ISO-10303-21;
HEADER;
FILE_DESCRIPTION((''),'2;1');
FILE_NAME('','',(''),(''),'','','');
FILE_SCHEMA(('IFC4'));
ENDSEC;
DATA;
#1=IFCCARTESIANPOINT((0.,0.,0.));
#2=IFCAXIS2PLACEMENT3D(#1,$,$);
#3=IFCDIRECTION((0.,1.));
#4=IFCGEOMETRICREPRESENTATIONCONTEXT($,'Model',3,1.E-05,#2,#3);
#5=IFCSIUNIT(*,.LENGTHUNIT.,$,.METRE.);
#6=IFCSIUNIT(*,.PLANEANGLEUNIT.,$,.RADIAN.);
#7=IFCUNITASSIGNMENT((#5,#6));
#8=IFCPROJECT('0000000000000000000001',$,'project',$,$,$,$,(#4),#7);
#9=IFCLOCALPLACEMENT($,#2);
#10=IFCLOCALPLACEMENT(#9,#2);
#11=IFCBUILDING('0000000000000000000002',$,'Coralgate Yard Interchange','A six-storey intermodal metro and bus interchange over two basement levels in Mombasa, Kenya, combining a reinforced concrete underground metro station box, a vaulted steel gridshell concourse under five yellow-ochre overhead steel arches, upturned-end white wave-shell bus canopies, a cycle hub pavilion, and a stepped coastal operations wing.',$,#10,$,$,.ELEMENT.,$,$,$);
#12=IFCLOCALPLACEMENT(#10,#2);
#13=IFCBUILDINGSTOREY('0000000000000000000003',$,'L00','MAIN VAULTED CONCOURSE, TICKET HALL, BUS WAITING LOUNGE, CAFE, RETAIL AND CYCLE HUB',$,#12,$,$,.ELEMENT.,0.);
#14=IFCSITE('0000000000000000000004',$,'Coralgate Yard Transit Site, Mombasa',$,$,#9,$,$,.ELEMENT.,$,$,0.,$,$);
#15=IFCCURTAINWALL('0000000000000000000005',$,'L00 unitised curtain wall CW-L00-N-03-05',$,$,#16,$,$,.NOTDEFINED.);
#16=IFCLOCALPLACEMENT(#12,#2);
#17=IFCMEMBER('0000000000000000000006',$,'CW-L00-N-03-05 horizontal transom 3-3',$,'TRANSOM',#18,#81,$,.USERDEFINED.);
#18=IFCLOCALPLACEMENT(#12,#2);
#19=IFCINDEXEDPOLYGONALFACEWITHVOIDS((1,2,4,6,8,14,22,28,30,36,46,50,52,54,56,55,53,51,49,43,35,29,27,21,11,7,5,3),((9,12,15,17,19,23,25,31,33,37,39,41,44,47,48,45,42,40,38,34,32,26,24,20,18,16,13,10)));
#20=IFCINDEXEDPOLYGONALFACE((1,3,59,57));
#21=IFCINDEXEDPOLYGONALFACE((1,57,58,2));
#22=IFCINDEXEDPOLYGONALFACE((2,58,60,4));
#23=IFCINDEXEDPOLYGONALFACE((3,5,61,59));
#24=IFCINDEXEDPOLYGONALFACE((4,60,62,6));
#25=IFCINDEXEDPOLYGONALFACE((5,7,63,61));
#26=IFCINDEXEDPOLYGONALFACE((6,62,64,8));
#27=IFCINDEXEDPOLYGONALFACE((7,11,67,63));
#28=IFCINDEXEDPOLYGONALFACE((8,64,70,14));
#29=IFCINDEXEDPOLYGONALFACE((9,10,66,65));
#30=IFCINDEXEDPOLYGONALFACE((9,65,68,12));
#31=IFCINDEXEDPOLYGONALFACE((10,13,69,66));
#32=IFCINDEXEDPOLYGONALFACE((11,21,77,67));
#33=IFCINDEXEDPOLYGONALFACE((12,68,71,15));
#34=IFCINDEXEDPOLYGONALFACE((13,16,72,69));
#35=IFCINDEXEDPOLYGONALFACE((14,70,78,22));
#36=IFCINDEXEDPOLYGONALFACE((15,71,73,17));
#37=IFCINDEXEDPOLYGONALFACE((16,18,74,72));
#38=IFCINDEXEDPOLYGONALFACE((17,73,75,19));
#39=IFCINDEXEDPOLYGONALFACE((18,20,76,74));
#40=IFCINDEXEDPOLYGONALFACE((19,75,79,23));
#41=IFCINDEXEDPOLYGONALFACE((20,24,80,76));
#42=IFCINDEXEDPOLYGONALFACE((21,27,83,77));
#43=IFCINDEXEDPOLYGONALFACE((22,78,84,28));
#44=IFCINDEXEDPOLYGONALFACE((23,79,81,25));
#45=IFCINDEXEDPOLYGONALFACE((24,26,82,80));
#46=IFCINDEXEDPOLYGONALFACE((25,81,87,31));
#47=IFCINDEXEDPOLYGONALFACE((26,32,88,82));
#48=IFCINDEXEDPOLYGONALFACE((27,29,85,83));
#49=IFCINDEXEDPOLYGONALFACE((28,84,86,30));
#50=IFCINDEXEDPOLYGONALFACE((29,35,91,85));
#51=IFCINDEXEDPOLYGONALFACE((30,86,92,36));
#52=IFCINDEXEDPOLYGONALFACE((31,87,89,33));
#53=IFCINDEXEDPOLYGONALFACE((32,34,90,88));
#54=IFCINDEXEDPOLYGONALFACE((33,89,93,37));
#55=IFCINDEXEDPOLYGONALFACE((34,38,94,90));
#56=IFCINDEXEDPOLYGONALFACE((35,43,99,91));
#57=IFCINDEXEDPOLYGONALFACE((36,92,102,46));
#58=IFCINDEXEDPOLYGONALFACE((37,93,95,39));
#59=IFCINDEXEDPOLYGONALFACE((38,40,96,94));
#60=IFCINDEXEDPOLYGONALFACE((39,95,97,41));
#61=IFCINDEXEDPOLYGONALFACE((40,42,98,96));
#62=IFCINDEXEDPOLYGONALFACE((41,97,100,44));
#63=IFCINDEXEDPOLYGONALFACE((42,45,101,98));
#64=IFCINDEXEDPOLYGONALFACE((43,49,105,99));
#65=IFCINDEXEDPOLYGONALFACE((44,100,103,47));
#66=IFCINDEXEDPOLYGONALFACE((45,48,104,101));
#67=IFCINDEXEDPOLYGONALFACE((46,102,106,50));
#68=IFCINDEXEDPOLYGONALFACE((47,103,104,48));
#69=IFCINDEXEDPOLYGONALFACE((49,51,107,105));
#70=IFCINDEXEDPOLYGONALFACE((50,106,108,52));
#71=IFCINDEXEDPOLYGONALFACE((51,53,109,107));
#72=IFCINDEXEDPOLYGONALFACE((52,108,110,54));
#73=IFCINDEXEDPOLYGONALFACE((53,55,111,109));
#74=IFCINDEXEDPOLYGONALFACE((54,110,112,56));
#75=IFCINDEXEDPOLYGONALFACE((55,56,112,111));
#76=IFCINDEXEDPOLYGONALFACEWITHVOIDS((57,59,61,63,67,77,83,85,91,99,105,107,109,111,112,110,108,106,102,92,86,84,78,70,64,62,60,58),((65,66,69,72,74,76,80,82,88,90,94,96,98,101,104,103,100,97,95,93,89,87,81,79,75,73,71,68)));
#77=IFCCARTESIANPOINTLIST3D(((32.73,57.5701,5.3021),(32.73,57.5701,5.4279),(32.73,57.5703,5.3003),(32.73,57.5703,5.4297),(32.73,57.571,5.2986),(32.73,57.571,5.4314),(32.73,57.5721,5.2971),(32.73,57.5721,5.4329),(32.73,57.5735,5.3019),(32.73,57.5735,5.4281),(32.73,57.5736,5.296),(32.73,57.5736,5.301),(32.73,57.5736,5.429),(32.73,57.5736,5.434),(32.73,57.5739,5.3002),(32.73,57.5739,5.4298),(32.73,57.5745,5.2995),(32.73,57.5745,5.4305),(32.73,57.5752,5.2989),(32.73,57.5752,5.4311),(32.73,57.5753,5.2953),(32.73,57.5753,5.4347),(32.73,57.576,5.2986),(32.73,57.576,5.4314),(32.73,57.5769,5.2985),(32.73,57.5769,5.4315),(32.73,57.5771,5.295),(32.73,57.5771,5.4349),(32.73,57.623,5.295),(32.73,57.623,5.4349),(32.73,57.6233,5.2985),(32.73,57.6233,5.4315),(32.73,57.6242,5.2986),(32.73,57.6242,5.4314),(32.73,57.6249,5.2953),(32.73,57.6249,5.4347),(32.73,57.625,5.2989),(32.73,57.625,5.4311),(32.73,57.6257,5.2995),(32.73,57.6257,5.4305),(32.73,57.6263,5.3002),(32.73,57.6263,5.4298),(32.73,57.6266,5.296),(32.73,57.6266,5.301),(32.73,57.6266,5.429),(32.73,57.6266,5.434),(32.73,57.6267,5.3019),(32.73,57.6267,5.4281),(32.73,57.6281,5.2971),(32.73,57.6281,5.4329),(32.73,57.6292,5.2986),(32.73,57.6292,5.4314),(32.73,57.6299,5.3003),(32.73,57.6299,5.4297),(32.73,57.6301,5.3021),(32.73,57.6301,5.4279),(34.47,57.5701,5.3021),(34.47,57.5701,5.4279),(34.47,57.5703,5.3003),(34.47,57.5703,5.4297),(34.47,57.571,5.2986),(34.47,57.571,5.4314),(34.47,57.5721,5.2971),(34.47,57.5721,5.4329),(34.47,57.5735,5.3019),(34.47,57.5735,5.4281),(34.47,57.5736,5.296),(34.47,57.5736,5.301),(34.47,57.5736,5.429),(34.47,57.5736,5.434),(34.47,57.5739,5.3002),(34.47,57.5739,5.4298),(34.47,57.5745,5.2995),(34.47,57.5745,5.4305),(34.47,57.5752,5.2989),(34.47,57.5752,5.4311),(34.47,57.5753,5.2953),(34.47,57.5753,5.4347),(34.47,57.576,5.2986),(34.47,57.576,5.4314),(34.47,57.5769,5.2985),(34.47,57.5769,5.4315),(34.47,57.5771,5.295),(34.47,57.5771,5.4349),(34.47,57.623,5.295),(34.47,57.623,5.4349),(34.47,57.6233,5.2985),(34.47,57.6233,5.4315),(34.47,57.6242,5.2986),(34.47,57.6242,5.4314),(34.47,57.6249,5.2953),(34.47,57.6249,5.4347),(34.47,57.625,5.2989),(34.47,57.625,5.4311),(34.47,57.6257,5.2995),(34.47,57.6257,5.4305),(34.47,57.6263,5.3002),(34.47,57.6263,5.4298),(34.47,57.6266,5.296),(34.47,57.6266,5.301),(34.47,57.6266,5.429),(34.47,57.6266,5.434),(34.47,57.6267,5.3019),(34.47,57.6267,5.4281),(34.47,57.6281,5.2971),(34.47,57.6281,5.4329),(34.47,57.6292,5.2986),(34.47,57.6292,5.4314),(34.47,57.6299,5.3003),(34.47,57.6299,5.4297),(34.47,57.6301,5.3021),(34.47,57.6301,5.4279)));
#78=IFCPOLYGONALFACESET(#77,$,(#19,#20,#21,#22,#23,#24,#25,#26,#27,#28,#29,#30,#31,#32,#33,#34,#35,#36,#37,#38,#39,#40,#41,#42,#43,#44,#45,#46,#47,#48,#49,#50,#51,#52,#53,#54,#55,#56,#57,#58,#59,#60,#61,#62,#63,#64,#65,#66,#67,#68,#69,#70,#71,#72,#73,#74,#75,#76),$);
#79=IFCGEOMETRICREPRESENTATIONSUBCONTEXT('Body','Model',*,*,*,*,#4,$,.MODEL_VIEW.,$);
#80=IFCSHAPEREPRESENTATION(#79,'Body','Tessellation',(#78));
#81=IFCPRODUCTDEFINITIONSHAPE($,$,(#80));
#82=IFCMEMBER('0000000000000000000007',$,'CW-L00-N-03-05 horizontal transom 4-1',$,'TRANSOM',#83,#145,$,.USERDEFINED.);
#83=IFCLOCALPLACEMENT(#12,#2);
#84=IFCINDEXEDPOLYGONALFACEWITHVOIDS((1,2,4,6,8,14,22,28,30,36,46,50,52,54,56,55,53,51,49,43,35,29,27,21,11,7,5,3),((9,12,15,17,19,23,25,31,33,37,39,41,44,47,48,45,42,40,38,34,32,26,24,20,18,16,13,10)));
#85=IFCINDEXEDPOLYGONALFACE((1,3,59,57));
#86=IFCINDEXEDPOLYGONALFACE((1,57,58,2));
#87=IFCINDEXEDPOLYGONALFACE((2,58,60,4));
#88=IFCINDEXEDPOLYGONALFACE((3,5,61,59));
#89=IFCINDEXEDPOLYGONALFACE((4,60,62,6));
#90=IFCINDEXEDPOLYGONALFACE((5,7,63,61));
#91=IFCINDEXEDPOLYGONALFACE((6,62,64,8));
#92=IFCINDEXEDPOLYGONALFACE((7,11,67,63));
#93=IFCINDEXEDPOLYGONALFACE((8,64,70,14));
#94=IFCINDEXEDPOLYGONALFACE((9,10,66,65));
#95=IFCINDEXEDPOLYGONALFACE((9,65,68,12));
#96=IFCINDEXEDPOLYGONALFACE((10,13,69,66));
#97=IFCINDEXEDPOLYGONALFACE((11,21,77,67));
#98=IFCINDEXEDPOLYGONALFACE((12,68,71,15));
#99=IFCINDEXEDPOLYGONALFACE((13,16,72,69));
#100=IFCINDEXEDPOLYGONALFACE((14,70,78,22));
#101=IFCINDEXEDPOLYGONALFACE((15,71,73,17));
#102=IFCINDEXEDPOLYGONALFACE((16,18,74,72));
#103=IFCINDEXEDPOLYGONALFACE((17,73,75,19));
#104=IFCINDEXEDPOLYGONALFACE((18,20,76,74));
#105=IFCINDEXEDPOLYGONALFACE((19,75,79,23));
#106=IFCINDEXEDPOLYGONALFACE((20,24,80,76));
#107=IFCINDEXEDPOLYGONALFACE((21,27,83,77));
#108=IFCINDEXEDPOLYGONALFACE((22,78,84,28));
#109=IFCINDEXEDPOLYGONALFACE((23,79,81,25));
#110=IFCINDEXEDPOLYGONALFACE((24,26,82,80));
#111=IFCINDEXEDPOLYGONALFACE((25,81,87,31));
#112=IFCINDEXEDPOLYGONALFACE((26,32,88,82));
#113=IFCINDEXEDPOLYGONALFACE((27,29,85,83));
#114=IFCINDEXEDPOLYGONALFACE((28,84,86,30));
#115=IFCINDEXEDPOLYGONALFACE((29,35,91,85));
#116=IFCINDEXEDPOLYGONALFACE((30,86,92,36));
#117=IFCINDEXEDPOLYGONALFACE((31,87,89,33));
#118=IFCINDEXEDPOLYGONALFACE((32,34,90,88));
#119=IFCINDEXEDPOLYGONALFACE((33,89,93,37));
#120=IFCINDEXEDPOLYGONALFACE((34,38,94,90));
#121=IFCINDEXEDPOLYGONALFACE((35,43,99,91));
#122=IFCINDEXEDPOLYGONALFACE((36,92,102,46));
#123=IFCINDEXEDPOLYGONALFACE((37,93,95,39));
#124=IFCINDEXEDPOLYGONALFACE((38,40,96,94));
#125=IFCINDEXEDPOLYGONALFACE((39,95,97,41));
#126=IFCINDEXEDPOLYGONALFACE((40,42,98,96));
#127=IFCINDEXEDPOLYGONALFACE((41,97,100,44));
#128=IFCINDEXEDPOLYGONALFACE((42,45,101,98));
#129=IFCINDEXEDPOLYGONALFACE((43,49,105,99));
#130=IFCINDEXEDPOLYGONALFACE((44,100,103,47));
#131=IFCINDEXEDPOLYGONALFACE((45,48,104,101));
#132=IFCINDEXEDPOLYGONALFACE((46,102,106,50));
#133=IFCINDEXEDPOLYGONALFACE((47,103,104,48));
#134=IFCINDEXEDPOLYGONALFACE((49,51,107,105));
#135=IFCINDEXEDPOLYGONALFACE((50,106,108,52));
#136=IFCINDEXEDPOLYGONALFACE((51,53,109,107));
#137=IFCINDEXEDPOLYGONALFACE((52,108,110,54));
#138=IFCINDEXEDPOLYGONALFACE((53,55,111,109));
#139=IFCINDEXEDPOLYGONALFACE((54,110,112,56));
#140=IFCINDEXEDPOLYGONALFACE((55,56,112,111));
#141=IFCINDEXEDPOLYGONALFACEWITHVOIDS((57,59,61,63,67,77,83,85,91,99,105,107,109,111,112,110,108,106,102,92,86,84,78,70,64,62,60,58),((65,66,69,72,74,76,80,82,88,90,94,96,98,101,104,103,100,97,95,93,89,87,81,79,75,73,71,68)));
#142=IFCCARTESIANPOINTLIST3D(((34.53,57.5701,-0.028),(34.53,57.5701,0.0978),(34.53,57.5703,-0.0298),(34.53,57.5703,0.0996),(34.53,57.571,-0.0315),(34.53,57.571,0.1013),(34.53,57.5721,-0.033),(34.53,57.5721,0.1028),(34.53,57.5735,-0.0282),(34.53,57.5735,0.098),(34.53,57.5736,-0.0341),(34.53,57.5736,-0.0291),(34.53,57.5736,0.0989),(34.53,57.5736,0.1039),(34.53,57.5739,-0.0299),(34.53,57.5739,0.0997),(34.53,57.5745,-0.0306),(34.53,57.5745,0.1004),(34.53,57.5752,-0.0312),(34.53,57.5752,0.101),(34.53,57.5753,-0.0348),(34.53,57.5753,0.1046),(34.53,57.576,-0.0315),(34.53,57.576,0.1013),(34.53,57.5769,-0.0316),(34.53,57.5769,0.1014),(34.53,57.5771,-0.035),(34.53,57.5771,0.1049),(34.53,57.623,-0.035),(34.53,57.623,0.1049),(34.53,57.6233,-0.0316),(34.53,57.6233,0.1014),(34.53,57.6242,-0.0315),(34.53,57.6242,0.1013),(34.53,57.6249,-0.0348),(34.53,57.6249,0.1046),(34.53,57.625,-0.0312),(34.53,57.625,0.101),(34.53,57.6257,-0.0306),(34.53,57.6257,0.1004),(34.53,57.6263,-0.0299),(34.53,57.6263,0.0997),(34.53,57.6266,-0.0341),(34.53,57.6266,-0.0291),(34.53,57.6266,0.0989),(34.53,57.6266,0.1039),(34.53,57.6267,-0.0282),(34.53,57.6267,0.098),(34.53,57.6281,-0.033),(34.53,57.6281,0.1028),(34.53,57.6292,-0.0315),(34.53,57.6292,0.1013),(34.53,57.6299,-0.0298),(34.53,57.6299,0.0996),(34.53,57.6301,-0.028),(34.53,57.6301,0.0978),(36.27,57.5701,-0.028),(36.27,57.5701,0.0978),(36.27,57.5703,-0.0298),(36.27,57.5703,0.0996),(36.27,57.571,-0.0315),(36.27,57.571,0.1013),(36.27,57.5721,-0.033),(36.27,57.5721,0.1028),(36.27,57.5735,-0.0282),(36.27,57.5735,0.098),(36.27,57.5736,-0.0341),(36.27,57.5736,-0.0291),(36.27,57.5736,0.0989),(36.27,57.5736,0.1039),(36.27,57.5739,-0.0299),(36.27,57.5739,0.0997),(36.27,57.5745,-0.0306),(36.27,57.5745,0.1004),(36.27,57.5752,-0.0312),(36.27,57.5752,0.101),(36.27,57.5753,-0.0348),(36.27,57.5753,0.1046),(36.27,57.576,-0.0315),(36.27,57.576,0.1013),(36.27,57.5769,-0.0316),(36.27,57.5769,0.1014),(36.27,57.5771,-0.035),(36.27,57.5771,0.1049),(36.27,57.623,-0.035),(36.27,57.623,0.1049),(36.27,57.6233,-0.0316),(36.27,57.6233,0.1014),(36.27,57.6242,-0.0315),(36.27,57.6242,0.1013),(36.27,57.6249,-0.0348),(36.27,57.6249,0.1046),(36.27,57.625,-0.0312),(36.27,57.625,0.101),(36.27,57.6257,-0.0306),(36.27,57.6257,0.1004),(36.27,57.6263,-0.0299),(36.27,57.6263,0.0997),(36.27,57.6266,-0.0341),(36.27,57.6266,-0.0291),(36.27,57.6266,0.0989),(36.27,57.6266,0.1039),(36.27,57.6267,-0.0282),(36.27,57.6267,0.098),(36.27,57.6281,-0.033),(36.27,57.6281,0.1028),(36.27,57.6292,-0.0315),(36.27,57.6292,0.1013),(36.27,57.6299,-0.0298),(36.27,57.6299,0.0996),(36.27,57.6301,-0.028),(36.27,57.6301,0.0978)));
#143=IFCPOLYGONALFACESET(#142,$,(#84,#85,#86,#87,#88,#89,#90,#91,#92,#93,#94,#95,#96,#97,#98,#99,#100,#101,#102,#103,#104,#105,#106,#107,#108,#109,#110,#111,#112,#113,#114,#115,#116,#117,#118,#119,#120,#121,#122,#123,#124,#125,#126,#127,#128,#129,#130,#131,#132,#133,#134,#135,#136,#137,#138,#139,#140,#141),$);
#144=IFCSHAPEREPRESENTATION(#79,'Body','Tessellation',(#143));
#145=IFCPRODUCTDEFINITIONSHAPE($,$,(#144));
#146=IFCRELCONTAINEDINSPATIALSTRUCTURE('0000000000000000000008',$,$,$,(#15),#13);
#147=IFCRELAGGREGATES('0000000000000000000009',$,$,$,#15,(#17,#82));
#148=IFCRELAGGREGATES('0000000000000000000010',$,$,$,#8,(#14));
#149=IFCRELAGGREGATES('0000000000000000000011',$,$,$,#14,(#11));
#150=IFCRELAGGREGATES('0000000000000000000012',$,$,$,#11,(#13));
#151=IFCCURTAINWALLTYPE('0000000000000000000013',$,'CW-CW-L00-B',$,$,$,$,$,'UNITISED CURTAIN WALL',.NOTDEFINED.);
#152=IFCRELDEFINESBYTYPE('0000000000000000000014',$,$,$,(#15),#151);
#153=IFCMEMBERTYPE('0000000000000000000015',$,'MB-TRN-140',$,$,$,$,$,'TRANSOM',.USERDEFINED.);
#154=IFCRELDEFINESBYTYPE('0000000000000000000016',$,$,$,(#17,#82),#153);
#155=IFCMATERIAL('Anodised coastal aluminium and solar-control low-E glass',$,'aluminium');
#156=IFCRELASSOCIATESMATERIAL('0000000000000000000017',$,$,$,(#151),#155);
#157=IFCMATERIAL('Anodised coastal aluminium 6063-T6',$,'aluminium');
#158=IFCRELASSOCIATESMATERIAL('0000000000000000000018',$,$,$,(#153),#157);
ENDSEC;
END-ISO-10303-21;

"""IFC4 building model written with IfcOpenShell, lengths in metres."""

from ifc_helpers import new_model, si_unit, direction, frame, origin, origin_2d, place, context, subcontext, project, spatial, hollow_rectangle, extrude, material, material_profile, profile_set, type_object, element, aggregate, save


model = new_model("IFC4")

# Units and contexts
model_context = context("Model", 3, precision=1e-05, world=origin(), true_north=direction((0.0, 1.0)))
body_context = subcontext(model_context, "Body", "Model", "MODEL_VIEW")
ifc_project = project(units=[si_unit("LENGTHUNIT", "METRE"), si_unit("PLANEANGLEUNIT", "RADIAN")], contexts=[model_context])

# Site, building, storey
site_placement = place(None, origin())
site = spatial("IfcSite", under=ifc_project, at=site_placement, Name="Coralgate Yard Transit Site, Mombasa", CompositionType="ELEMENT", RefElevation=0.0)
building_placement = place(site_placement, origin())
building = spatial("IfcBuilding", under=site, at=building_placement, Name="Coralgate Yard Interchange", Description="A six-storey intermodal metro and bus interchange over two basement levels in Mombasa, Kenya, combining a reinforced concrete underground metro station box, a vaulted steel gridshell concourse under five yellow-ochre overhead steel arches, upturned-end white wave-shell bus canopies, a cycle hub pavilion, and a stepped coastal operations wing.", CompositionType="ELEMENT")
storey_placement = place(building_placement, origin())
storey = spatial("IfcBuildingStorey", under=building, at=storey_placement, Name="L00", Description="MAIN VAULTED CONCOURSE, TICKET HALL, BUS WAITING LOUNGE, CAFE, RETAIL AND CYCLE HUB", CompositionType="ELEMENT", Elevation=0.0)

# Curtain wall, members
ifc_material_1 = material(Name="Anodised coastal aluminium and solar-control low-E glass", Category="aluminium")
curtain_wall_type = type_object("IfcCurtainWallType", Name="CW-CW-L00-B", ElementType="UNITISED CURTAIN WALL", PredefinedType="NOTDEFINED", material=ifc_material_1)
curtain_wall_placement = place(storey_placement, origin())
curtain_wall = element("IfcCurtainWall", 1, at=curtain_wall_placement, inside=storey, type_object=curtain_wall_type, Name="L00 unitised curtain wall CW-L00-N-03-05", PredefinedType="NOTDEFINED")
ifc_material_2 = material(Name="Anodised coastal aluminium 6063-T6", Category="aluminium")
ifc_material_profile_1 = material_profile(ifc_material_2, hollow_rectangle(XDim=0.0601, YDim=0.1399, WallThickness=0.0034, InnerFilletRadius=0.0034, OuterFilletRadius=0.0071, at=origin_2d()), Name="ALU 60x140x3.5")
ifc_profile_set_1 = profile_set([ifc_material_profile_1], Name="Anodised coastal aluminium 6063-T6")
member_type_1 = type_object("IfcMemberType", Name="MB-TRN-140", ElementType="TRANSOM", PredefinedType="USERDEFINED", material=ifc_profile_set_1)
member_1_placement = place(storey_placement, frame((32.73, 57.6001, 5.365), z_axis=(1.0, 0.0, 0.0), x_axis=(0.0, 1.0, 0.0)))
member_1 = element("IfcMember", 2, at=member_1_placement, type_object=member_type_1, Name="CW-L00-N-03-05 horizontal transom 3-3", ObjectType="TRANSOM", PredefinedType="USERDEFINED", context=body_context, shape_type="SweptSolid", body=[
    extrude(hollow_rectangle(XDim=0.0601, YDim=0.1399, WallThickness=0.0034, InnerFilletRadius=0.0034, OuterFilletRadius=0.0071, at=origin_2d()), origin(), (0.0, 0.0, 1.0), 1.74),
])
member_2_placement = place(storey_placement, frame((34.53, 57.6001, 0.0349), z_axis=(1.0, 0.0, 0.0), x_axis=(0.0, 1.0, 0.0)))
member_2 = element("IfcMember", 3, at=member_2_placement, type_object=member_type_1, Name="CW-L00-N-03-05 horizontal transom 4-1", ObjectType="TRANSOM", PredefinedType="USERDEFINED", context=body_context, shape_type="SweptSolid", body=[
    extrude(hollow_rectangle(XDim=0.0601, YDim=0.1399, WallThickness=0.0034, InnerFilletRadius=0.0034, OuterFilletRadius=0.0071, at=origin_2d()), origin(), (0.0, 0.0, 1.0), 1.74),
])
aggregate(curtain_wall, [member_1, member_2])

save(model, "model.ifc")
